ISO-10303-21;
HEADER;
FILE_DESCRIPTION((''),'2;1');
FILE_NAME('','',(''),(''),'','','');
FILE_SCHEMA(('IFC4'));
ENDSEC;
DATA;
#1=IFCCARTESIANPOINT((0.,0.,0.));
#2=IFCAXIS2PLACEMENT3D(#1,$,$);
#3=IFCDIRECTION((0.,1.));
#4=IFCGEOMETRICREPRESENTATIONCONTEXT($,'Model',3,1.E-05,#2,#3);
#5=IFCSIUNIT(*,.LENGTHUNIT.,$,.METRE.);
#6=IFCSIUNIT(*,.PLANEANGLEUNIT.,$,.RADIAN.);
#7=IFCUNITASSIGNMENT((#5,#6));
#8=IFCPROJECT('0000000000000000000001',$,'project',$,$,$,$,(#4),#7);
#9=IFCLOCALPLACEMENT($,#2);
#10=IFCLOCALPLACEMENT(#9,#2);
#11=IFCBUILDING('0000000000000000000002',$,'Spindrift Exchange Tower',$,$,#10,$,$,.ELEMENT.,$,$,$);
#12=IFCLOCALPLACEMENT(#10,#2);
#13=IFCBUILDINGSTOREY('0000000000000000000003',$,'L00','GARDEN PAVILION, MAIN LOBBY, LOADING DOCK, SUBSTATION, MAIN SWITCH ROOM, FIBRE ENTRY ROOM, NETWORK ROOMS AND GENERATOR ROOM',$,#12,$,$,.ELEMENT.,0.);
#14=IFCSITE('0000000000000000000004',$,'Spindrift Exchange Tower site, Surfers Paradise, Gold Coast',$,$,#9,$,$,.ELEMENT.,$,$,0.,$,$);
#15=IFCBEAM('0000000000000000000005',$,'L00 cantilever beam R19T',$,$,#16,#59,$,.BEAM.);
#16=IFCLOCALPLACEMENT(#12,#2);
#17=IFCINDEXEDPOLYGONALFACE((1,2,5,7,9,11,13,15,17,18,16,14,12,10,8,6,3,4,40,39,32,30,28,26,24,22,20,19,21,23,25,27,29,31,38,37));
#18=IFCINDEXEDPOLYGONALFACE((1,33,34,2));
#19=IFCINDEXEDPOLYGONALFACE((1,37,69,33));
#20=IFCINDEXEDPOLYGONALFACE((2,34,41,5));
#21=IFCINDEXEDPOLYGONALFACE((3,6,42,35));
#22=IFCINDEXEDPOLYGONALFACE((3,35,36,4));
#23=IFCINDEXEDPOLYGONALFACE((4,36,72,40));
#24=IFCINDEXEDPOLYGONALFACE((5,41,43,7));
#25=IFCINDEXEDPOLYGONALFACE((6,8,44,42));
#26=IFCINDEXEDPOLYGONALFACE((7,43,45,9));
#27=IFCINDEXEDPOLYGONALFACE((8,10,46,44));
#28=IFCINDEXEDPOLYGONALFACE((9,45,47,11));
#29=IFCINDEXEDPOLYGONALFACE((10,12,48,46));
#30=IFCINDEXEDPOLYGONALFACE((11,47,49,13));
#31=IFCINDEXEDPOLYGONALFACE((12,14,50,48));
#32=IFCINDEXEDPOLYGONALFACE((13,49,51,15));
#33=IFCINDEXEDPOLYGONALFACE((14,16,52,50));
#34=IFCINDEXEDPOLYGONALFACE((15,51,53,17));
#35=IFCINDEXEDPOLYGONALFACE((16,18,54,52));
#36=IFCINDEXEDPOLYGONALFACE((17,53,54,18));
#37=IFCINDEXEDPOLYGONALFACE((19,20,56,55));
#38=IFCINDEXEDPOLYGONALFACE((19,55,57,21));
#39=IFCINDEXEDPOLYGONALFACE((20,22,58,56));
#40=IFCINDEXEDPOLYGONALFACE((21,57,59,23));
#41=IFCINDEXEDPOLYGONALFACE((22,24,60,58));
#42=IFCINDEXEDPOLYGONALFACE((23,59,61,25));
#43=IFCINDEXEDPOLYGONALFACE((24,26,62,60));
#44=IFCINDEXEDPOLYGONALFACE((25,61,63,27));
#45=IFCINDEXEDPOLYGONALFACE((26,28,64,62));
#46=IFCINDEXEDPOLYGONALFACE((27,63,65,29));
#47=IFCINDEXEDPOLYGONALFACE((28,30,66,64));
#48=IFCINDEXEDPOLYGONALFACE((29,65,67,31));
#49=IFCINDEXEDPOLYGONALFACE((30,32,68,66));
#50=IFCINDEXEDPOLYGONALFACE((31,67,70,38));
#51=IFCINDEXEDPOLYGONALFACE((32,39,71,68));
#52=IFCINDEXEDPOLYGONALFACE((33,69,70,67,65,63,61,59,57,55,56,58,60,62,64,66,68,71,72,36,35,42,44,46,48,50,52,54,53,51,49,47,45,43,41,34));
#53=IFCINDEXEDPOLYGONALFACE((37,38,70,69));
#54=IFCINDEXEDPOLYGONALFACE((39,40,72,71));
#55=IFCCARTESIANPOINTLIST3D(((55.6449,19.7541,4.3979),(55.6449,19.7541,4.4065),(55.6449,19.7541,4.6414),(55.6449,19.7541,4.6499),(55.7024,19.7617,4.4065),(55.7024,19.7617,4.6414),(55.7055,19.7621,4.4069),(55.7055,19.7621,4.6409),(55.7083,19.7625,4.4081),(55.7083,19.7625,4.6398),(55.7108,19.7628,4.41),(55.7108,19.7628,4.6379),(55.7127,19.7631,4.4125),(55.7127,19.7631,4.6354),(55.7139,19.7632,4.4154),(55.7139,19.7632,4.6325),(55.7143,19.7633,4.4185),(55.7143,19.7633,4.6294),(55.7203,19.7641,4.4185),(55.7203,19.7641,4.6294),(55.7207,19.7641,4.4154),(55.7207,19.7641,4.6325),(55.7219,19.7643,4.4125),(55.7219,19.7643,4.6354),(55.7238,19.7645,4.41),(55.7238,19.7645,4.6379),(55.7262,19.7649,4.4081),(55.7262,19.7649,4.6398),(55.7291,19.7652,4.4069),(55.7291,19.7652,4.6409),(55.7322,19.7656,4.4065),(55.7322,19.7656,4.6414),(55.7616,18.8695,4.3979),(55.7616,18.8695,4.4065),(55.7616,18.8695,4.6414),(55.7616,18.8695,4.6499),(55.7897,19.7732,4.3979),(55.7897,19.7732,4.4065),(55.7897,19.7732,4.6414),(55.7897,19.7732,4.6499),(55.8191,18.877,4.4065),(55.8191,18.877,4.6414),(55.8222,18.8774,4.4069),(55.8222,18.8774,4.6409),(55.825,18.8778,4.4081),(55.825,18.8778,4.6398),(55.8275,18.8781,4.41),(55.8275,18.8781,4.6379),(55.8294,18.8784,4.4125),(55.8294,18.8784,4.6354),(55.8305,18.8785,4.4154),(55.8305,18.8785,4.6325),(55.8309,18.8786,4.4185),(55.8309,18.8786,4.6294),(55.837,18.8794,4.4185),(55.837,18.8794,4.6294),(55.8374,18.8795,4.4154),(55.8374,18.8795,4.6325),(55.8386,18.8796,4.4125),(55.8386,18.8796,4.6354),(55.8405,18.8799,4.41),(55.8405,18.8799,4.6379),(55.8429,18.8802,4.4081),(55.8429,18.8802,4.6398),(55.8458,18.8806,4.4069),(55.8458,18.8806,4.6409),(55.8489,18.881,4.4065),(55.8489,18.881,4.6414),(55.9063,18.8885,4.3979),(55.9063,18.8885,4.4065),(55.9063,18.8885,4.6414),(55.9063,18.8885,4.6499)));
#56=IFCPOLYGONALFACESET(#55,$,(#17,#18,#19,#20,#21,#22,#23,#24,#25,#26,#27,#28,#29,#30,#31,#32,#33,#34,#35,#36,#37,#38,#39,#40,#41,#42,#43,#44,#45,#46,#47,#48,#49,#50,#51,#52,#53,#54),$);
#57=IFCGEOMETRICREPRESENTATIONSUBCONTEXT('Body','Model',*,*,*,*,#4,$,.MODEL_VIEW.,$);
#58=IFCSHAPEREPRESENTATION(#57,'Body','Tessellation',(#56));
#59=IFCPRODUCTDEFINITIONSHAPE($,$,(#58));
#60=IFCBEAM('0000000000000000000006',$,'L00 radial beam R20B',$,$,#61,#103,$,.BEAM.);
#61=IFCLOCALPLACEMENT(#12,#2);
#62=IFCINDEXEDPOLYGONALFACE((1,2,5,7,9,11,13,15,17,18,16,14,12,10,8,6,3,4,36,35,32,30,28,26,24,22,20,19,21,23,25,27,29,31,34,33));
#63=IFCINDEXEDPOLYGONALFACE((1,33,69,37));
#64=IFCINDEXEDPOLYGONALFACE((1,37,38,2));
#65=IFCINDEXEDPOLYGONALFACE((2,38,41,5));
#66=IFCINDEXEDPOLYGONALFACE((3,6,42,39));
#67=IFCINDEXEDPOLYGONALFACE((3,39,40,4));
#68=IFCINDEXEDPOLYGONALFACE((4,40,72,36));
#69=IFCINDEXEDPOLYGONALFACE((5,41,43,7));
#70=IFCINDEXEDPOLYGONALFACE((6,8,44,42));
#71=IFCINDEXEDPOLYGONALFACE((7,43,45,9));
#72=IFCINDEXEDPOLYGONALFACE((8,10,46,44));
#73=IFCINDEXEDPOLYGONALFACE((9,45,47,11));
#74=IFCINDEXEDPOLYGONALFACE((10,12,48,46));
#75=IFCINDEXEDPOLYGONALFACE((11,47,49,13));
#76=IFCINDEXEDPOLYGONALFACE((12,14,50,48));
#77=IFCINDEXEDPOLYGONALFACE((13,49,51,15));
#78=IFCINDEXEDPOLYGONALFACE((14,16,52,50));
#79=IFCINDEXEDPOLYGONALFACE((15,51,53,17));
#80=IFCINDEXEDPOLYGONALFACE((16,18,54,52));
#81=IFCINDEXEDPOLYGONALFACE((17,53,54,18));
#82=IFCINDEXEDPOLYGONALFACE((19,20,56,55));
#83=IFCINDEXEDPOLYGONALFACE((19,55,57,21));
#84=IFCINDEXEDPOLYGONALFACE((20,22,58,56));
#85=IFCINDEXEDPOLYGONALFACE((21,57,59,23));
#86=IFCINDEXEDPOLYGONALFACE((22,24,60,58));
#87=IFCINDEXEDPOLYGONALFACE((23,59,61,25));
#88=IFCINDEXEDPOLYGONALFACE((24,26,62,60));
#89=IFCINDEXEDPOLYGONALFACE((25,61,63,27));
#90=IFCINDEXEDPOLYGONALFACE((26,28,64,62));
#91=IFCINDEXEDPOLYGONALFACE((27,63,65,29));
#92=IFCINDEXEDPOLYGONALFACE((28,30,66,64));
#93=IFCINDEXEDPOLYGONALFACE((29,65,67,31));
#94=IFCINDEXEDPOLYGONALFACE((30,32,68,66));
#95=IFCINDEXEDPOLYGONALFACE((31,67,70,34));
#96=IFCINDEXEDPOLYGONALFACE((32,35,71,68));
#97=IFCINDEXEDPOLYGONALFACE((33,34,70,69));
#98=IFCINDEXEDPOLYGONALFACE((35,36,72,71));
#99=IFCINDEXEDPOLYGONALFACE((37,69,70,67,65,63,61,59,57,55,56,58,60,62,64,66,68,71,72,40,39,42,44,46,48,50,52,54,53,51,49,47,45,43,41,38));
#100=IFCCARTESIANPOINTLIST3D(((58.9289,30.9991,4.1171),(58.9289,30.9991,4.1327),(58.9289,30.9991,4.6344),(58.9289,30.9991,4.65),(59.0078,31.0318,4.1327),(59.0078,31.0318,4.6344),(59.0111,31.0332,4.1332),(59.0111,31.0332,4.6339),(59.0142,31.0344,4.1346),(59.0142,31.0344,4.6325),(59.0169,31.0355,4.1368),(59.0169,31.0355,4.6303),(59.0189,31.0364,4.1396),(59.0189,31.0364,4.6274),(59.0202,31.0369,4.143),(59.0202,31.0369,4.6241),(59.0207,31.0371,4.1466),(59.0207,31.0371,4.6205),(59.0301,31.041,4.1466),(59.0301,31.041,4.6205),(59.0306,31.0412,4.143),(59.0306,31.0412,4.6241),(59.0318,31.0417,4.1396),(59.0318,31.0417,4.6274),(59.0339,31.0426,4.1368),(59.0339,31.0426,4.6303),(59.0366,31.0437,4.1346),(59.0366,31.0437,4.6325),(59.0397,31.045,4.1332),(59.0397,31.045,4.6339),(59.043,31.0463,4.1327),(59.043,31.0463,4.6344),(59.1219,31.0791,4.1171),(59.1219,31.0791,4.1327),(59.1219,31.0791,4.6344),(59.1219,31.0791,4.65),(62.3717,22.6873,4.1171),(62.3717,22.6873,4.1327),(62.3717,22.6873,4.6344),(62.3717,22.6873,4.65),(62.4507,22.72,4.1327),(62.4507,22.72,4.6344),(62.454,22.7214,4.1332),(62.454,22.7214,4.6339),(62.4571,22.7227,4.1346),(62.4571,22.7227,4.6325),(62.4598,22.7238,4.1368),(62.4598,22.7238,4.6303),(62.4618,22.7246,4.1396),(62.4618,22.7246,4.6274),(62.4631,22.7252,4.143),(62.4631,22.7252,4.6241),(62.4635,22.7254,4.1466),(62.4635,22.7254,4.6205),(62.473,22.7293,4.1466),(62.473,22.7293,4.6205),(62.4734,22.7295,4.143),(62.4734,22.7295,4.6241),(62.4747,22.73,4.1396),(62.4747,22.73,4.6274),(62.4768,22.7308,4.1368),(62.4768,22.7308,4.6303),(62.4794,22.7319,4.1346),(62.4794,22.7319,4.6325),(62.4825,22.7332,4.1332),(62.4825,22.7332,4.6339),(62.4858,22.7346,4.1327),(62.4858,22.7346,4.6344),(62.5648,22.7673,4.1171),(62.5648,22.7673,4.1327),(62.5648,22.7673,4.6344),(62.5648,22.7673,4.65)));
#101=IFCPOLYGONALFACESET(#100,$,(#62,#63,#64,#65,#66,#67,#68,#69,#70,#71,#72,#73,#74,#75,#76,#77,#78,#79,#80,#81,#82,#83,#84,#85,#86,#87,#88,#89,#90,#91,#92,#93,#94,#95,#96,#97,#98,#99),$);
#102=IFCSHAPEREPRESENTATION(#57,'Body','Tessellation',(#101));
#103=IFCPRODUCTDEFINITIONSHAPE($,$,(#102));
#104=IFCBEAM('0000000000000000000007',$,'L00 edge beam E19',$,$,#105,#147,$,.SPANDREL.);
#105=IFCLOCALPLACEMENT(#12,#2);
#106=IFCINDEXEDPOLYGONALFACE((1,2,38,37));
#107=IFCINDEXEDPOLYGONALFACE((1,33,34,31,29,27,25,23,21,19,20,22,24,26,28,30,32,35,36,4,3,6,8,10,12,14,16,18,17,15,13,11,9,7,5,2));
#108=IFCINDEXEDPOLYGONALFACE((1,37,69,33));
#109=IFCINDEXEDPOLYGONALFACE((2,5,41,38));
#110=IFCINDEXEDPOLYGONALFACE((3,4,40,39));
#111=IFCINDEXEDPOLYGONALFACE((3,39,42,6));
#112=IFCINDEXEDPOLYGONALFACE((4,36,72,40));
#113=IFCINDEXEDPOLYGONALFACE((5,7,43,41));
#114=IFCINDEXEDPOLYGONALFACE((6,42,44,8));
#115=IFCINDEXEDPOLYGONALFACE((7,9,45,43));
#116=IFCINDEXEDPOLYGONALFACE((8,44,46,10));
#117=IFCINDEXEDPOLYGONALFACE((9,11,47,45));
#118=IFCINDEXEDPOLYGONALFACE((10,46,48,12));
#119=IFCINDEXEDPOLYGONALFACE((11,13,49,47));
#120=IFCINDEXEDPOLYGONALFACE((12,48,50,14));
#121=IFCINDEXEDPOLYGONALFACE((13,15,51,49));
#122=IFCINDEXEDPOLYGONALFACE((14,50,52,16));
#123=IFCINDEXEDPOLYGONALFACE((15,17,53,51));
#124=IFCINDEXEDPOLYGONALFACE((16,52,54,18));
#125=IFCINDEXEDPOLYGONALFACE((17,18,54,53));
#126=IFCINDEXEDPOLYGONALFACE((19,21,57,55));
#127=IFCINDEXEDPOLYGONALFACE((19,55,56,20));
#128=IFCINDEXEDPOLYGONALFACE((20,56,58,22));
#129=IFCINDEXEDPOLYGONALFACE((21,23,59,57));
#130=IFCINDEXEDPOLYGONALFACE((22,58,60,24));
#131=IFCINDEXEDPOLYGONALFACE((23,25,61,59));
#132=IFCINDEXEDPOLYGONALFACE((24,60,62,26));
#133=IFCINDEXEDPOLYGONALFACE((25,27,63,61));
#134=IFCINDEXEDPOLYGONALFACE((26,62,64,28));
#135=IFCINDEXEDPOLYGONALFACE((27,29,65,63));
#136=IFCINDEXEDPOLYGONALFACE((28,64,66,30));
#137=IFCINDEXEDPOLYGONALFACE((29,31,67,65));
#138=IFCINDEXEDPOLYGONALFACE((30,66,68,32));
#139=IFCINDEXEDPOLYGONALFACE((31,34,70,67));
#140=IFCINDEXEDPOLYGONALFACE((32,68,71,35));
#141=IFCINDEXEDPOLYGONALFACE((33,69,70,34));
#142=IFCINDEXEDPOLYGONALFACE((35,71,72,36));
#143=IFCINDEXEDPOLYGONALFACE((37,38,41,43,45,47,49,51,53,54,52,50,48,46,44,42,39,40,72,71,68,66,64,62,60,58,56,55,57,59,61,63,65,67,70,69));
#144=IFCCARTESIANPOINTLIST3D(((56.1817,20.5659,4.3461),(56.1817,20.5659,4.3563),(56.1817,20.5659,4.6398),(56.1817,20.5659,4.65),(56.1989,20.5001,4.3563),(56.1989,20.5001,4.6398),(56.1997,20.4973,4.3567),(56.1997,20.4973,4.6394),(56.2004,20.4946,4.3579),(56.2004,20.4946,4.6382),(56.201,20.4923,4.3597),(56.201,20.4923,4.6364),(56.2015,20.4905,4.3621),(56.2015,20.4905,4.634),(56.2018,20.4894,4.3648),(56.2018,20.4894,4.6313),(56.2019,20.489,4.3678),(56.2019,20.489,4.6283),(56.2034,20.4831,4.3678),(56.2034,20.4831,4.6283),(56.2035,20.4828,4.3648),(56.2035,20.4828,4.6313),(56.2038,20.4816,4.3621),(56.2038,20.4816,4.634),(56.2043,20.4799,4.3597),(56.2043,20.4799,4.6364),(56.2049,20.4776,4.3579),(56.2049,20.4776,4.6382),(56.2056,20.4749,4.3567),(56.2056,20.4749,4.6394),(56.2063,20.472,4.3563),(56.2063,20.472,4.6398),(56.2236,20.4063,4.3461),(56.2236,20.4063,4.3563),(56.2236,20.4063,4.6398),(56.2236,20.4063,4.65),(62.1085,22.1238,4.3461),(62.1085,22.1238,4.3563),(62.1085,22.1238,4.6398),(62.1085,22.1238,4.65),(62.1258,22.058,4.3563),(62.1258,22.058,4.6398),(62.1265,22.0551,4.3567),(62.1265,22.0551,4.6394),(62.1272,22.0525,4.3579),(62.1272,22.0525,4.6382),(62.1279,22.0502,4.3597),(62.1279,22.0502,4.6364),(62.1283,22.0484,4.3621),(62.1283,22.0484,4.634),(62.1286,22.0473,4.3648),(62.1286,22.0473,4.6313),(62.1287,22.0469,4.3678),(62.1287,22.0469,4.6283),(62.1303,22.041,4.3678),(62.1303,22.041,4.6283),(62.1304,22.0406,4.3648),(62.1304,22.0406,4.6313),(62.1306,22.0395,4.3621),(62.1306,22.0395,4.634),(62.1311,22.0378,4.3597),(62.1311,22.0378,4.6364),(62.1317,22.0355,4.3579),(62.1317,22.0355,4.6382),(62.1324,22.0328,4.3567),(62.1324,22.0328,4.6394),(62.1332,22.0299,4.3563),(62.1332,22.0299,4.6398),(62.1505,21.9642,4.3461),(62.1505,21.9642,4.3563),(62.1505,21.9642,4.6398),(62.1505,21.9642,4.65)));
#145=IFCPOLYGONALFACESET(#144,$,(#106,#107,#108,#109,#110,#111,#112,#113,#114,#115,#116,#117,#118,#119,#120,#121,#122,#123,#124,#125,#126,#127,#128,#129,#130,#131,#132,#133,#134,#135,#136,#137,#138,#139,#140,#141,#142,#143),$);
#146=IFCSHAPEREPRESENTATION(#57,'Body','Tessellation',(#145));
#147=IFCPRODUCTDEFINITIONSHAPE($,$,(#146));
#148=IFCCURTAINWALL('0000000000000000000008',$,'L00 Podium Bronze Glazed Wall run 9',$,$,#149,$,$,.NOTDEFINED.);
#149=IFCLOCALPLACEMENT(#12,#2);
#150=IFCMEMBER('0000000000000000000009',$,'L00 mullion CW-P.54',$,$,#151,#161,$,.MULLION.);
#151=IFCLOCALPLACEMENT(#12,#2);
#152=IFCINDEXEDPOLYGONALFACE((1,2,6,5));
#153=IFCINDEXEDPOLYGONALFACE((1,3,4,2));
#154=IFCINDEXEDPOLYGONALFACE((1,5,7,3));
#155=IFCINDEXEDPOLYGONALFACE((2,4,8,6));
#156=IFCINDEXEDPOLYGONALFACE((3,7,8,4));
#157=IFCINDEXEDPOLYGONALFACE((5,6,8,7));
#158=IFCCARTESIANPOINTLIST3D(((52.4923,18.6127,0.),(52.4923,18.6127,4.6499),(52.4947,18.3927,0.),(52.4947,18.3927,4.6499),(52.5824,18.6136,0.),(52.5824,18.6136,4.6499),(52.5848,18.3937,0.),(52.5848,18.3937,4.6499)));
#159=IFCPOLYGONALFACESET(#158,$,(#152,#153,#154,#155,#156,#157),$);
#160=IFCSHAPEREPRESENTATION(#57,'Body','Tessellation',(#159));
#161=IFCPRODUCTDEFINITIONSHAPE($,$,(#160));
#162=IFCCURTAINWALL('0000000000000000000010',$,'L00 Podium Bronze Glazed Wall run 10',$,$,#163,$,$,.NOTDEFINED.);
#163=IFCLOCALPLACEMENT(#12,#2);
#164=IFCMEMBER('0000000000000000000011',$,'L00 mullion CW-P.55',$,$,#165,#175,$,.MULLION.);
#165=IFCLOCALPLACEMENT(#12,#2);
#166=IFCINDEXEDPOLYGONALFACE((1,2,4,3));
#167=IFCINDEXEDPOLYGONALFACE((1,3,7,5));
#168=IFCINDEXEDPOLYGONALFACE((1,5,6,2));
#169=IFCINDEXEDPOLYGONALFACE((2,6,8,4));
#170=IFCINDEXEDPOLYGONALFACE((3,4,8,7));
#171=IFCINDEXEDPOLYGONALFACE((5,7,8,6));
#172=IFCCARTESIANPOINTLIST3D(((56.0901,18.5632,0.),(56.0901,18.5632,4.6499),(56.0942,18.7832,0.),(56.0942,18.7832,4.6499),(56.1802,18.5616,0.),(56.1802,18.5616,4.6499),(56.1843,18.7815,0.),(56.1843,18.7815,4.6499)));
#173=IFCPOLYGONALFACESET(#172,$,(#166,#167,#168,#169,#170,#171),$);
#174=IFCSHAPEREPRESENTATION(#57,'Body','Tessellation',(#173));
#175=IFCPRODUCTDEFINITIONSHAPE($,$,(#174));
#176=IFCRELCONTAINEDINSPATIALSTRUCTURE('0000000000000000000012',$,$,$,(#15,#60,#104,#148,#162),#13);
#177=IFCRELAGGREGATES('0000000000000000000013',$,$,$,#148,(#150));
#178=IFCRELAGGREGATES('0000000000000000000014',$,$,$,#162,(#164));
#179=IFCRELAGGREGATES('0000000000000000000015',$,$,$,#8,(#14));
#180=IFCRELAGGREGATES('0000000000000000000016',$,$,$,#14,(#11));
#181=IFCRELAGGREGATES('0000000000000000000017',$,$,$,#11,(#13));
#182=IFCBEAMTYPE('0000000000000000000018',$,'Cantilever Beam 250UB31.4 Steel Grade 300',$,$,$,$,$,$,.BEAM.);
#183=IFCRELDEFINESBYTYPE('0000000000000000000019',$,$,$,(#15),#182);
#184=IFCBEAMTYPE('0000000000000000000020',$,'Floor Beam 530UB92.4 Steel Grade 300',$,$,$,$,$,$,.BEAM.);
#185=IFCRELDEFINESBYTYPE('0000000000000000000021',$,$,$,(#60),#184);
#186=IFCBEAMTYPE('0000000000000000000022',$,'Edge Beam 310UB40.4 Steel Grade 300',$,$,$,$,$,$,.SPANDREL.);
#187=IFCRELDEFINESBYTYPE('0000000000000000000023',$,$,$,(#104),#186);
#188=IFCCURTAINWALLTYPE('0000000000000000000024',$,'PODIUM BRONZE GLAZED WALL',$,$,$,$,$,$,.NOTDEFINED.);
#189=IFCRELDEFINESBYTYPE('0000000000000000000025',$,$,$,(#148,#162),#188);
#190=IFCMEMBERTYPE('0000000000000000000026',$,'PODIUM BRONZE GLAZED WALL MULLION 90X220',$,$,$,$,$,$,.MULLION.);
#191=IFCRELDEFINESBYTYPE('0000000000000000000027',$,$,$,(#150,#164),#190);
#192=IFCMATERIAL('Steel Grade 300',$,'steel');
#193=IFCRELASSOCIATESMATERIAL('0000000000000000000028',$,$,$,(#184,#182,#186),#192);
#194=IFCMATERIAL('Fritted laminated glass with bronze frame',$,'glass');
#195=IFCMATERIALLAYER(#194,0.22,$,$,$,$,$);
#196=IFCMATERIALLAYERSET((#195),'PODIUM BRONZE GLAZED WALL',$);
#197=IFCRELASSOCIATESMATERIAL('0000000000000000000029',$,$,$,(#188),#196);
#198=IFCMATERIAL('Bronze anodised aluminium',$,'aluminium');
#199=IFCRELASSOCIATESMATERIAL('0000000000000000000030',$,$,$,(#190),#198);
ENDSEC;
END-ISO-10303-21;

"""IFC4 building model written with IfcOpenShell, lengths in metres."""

from ifc_helpers import new_model, si_unit, direction, frame, origin, origin_2d, place, context, subcontext, project, spatial, rectangle, i_section, extrude, source, transform, mapped, material, layer, layer_set, material_profile, profile_set, type_object, element, aggregate, save


model = new_model("IFC4")

# Units and contexts
model_context = context("Model", 3, precision=1e-05, world=origin(), true_north=direction((0.0, 1.0)))
body_context = subcontext(model_context, "Body", "Model", "MODEL_VIEW")
ifc_project = project(units=[si_unit("LENGTHUNIT", "METRE"), si_unit("PLANEANGLEUNIT", "RADIAN")], contexts=[model_context])

# Site, building, storey
site_placement = place(None, origin())
site = spatial("IfcSite", under=ifc_project, at=site_placement, Name="Spindrift Exchange Tower site, Surfers Paradise, Gold Coast", CompositionType="ELEMENT", RefElevation=0.0)
building_placement = place(site_placement, origin())
building = spatial("IfcBuilding", under=site, at=building_placement, Name="Spindrift Exchange Tower", CompositionType="ELEMENT")
storey_placement = place(building_placement, origin())
storey = spatial("IfcBuildingStorey", under=building, at=storey_placement, Name="L00", Description="GARDEN PAVILION, MAIN LOBBY, LOADING DOCK, SUBSTATION, MAIN SWITCH ROOM, FIBRE ENTRY ROOM, NETWORK ROOMS AND GENERATOR ROOM", CompositionType="ELEMENT", Elevation=0.0)

# Beams
ifc_material_1 = material(Name="Steel Grade 300", Category="steel")
ifc_material_profile_1 = material_profile(ifc_material_1, i_section(OverallWidth=0.209, OverallDepth=0.533, WebThickness=0.0103, FlangeThickness=0.0156, FilletRadius=0.0139, at=origin_2d()), Name="530UB92.4")
ifc_profile_set_1 = profile_set([ifc_material_profile_1], Name="Steel Grade 300")
beam_type_1 = type_object("IfcBeamType", Name="Floor Beam 530UB92.4 Steel Grade 300", PredefinedType="BEAM", material=ifc_profile_set_1)
ifc_material_profile_2 = material_profile(ifc_material_1, i_section(OverallWidth=0.146, OverallDepth=0.252, WebThickness=0.0061, FlangeThickness=0.0085, FilletRadius=0.012, at=origin_2d()), Name="250UB31.4")
ifc_profile_set_2 = profile_set([ifc_material_profile_2], Name="Steel Grade 300")
beam_type_2 = type_object("IfcBeamType", Name="Cantilever Beam 250UB31.4 Steel Grade 300", PredefinedType="BEAM", material=ifc_profile_set_2)
shared_shape_1 = source(origin(), body_context, "Body", "SweptSolid", [
    extrude(i_section(OverallWidth=0.146, OverallDepth=0.252, WebThickness=0.0061, FlangeThickness=0.0085, FilletRadius=0.012, at=origin_2d()), origin(), (0.0, 0.0, 1.0), 0.8923),
])
beam_1_placement = place(storey_placement, frame((55.7173, 19.7637, 4.5239), z_axis=(0.130766, -0.991413, 0.0), x_axis=(0.991413, 0.130766, 0.0)))
element("IfcBeam", 1, at=beam_1_placement, inside=storey, type_object=beam_type_2, Name="L00 cantilever beam R19T", PredefinedType="BEAM", context=body_context, shape_type="MappedRepresentation", body=[
    mapped(shared_shape_1, transform((0.0, 0.0, 0.0), scale=1.0)),
])
shared_shape_2 = source(origin(), body_context, "Body", "SweptSolid", [
    extrude(i_section(OverallWidth=0.209, OverallDepth=0.533, WebThickness=0.0103, FlangeThickness=0.0156, FilletRadius=0.0139, at=origin_2d()), origin(), (0.0, 0.0, 1.0), 8.9966),
])
beam_2_placement = place(storey_placement, frame((59.0254, 31.0391, 4.3835), z_axis=(0.382686, -0.923879, 0.0), x_axis=(0.923879, 0.382686, 0.0)))
element("IfcBeam", 2, at=beam_2_placement, inside=storey, type_object=beam_type_1, Name="L00 radial beam R20B", PredefinedType="BEAM", context=body_context, shape_type="MappedRepresentation", body=[
    mapped(shared_shape_2, transform((0.0, 0.0, 0.0), scale=1.0)),
])
ifc_material_profile_3 = material_profile(ifc_material_1, i_section(OverallWidth=0.165, OverallDepth=0.304, WebThickness=0.0061, FlangeThickness=0.0103, FilletRadius=0.0115, at=origin_2d()), Name="310UB40.4")
ifc_profile_set_3 = profile_set([ifc_material_profile_3], Name="Steel Grade 300")
beam_type_3 = type_object("IfcBeamType", Name="Edge Beam 310UB40.4 Steel Grade 300", PredefinedType="SPANDREL", material=ifc_profile_set_3)
shared_shape_3 = source(origin(), body_context, "Body", "SweptSolid", [
    extrude(i_section(OverallWidth=0.165, OverallDepth=0.304, WebThickness=0.0061, FlangeThickness=0.0103, FilletRadius=0.0115, at=origin_2d()), origin(), (0.0, 0.0, 1.0), 6.1282),
])
beam_3_placement = place(storey_placement, frame((56.2026, 20.4861, 4.498), z_axis=(0.967147, 0.254217, 0.0), x_axis=(-0.254217, 0.967147, 0.0)))
element("IfcBeam", 3, at=beam_3_placement, inside=storey, type_object=beam_type_3, Name="L00 edge beam E19", PredefinedType="SPANDREL", context=body_context, shape_type="MappedRepresentation", body=[
    mapped(shared_shape_3, transform((0.0, 0.0, 0.0), scale=1.0)),
])

# Curtain walls, members
ifc_material_2 = material(Name="Fritted laminated glass with bronze frame", Category="glass")
ifc_layer_1 = layer(ifc_material_2, 0.22)
ifc_layer_set_1 = layer_set([ifc_layer_1], Name="PODIUM BRONZE GLAZED WALL")
curtain_wall_type = type_object("IfcCurtainWallType", Name="PODIUM BRONZE GLAZED WALL", PredefinedType="NOTDEFINED", material=ifc_layer_set_1)
curtain_wall_1_placement = place(storey_placement, origin())
curtain_wall_1 = element("IfcCurtainWall", 4, at=curtain_wall_1_placement, inside=storey, type_object=curtain_wall_type, Name="L00 Podium Bronze Glazed Wall run 9", PredefinedType="NOTDEFINED")
ifc_material_3 = material(Name="Bronze anodised aluminium", Category="aluminium")
ifc_material_profile_4 = material_profile(ifc_material_3, rectangle(XDim=0.0901, YDim=0.22, at=origin_2d()), Name="PODIUM BRONZE GLAZED WALL MULLION 90X220")
ifc_profile_set_4 = profile_set([ifc_material_profile_4], Name="Bronze anodised aluminium")
member_type_1 = type_object("IfcMemberType", Name="PODIUM BRONZE GLAZED WALL MULLION 90X220", PredefinedType="MULLION", material=ifc_profile_set_4)
shared_shape_4 = source(origin(), body_context, "Body", "SweptSolid", [
    extrude(rectangle(XDim=0.0901, YDim=0.22, at=origin_2d()), origin(), (0.0, 0.0, 1.0), 4.6499),
])
member_1_placement = place(storey_placement, frame((52.5386, 18.5032, 0.0), z_axis=(0.0, 0.0, 1.0), x_axis=(0.999941, 0.010832, 0.0)))
member_1 = element("IfcMember", 5, at=member_1_placement, type_object=member_type_1, Name="L00 mullion CW-P.54", PredefinedType="MULLION", context=body_context, shape_type="MappedRepresentation", body=[
    mapped(shared_shape_4, transform((0.0, 0.0, 0.0), scale=1.0)),
])
curtain_wall_2_placement = place(storey_placement, origin())
curtain_wall_2 = element("IfcCurtainWall", 6, at=curtain_wall_2_placement, inside=storey, type_object=curtain_wall_type, Name="L00 Podium Bronze Glazed Wall run 10", PredefinedType="NOTDEFINED")
member_2_placement = place(storey_placement, frame((56.1372, 18.6724, 0.0), z_axis=(0.0, 0.0, 1.0), x_axis=(0.999827, -0.018601, 0.0)))
member_2 = element("IfcMember", 7, at=member_2_placement, type_object=member_type_1, Name="L00 mullion CW-P.55", PredefinedType="MULLION", context=body_context, shape_type="MappedRepresentation", body=[
    mapped(shared_shape_4, transform((0.0, 0.0, 0.0), scale=1.0)),
])

aggregate(curtain_wall_1, [member_1])
aggregate(curtain_wall_2, [member_2])

save(model, "model.ifc")
